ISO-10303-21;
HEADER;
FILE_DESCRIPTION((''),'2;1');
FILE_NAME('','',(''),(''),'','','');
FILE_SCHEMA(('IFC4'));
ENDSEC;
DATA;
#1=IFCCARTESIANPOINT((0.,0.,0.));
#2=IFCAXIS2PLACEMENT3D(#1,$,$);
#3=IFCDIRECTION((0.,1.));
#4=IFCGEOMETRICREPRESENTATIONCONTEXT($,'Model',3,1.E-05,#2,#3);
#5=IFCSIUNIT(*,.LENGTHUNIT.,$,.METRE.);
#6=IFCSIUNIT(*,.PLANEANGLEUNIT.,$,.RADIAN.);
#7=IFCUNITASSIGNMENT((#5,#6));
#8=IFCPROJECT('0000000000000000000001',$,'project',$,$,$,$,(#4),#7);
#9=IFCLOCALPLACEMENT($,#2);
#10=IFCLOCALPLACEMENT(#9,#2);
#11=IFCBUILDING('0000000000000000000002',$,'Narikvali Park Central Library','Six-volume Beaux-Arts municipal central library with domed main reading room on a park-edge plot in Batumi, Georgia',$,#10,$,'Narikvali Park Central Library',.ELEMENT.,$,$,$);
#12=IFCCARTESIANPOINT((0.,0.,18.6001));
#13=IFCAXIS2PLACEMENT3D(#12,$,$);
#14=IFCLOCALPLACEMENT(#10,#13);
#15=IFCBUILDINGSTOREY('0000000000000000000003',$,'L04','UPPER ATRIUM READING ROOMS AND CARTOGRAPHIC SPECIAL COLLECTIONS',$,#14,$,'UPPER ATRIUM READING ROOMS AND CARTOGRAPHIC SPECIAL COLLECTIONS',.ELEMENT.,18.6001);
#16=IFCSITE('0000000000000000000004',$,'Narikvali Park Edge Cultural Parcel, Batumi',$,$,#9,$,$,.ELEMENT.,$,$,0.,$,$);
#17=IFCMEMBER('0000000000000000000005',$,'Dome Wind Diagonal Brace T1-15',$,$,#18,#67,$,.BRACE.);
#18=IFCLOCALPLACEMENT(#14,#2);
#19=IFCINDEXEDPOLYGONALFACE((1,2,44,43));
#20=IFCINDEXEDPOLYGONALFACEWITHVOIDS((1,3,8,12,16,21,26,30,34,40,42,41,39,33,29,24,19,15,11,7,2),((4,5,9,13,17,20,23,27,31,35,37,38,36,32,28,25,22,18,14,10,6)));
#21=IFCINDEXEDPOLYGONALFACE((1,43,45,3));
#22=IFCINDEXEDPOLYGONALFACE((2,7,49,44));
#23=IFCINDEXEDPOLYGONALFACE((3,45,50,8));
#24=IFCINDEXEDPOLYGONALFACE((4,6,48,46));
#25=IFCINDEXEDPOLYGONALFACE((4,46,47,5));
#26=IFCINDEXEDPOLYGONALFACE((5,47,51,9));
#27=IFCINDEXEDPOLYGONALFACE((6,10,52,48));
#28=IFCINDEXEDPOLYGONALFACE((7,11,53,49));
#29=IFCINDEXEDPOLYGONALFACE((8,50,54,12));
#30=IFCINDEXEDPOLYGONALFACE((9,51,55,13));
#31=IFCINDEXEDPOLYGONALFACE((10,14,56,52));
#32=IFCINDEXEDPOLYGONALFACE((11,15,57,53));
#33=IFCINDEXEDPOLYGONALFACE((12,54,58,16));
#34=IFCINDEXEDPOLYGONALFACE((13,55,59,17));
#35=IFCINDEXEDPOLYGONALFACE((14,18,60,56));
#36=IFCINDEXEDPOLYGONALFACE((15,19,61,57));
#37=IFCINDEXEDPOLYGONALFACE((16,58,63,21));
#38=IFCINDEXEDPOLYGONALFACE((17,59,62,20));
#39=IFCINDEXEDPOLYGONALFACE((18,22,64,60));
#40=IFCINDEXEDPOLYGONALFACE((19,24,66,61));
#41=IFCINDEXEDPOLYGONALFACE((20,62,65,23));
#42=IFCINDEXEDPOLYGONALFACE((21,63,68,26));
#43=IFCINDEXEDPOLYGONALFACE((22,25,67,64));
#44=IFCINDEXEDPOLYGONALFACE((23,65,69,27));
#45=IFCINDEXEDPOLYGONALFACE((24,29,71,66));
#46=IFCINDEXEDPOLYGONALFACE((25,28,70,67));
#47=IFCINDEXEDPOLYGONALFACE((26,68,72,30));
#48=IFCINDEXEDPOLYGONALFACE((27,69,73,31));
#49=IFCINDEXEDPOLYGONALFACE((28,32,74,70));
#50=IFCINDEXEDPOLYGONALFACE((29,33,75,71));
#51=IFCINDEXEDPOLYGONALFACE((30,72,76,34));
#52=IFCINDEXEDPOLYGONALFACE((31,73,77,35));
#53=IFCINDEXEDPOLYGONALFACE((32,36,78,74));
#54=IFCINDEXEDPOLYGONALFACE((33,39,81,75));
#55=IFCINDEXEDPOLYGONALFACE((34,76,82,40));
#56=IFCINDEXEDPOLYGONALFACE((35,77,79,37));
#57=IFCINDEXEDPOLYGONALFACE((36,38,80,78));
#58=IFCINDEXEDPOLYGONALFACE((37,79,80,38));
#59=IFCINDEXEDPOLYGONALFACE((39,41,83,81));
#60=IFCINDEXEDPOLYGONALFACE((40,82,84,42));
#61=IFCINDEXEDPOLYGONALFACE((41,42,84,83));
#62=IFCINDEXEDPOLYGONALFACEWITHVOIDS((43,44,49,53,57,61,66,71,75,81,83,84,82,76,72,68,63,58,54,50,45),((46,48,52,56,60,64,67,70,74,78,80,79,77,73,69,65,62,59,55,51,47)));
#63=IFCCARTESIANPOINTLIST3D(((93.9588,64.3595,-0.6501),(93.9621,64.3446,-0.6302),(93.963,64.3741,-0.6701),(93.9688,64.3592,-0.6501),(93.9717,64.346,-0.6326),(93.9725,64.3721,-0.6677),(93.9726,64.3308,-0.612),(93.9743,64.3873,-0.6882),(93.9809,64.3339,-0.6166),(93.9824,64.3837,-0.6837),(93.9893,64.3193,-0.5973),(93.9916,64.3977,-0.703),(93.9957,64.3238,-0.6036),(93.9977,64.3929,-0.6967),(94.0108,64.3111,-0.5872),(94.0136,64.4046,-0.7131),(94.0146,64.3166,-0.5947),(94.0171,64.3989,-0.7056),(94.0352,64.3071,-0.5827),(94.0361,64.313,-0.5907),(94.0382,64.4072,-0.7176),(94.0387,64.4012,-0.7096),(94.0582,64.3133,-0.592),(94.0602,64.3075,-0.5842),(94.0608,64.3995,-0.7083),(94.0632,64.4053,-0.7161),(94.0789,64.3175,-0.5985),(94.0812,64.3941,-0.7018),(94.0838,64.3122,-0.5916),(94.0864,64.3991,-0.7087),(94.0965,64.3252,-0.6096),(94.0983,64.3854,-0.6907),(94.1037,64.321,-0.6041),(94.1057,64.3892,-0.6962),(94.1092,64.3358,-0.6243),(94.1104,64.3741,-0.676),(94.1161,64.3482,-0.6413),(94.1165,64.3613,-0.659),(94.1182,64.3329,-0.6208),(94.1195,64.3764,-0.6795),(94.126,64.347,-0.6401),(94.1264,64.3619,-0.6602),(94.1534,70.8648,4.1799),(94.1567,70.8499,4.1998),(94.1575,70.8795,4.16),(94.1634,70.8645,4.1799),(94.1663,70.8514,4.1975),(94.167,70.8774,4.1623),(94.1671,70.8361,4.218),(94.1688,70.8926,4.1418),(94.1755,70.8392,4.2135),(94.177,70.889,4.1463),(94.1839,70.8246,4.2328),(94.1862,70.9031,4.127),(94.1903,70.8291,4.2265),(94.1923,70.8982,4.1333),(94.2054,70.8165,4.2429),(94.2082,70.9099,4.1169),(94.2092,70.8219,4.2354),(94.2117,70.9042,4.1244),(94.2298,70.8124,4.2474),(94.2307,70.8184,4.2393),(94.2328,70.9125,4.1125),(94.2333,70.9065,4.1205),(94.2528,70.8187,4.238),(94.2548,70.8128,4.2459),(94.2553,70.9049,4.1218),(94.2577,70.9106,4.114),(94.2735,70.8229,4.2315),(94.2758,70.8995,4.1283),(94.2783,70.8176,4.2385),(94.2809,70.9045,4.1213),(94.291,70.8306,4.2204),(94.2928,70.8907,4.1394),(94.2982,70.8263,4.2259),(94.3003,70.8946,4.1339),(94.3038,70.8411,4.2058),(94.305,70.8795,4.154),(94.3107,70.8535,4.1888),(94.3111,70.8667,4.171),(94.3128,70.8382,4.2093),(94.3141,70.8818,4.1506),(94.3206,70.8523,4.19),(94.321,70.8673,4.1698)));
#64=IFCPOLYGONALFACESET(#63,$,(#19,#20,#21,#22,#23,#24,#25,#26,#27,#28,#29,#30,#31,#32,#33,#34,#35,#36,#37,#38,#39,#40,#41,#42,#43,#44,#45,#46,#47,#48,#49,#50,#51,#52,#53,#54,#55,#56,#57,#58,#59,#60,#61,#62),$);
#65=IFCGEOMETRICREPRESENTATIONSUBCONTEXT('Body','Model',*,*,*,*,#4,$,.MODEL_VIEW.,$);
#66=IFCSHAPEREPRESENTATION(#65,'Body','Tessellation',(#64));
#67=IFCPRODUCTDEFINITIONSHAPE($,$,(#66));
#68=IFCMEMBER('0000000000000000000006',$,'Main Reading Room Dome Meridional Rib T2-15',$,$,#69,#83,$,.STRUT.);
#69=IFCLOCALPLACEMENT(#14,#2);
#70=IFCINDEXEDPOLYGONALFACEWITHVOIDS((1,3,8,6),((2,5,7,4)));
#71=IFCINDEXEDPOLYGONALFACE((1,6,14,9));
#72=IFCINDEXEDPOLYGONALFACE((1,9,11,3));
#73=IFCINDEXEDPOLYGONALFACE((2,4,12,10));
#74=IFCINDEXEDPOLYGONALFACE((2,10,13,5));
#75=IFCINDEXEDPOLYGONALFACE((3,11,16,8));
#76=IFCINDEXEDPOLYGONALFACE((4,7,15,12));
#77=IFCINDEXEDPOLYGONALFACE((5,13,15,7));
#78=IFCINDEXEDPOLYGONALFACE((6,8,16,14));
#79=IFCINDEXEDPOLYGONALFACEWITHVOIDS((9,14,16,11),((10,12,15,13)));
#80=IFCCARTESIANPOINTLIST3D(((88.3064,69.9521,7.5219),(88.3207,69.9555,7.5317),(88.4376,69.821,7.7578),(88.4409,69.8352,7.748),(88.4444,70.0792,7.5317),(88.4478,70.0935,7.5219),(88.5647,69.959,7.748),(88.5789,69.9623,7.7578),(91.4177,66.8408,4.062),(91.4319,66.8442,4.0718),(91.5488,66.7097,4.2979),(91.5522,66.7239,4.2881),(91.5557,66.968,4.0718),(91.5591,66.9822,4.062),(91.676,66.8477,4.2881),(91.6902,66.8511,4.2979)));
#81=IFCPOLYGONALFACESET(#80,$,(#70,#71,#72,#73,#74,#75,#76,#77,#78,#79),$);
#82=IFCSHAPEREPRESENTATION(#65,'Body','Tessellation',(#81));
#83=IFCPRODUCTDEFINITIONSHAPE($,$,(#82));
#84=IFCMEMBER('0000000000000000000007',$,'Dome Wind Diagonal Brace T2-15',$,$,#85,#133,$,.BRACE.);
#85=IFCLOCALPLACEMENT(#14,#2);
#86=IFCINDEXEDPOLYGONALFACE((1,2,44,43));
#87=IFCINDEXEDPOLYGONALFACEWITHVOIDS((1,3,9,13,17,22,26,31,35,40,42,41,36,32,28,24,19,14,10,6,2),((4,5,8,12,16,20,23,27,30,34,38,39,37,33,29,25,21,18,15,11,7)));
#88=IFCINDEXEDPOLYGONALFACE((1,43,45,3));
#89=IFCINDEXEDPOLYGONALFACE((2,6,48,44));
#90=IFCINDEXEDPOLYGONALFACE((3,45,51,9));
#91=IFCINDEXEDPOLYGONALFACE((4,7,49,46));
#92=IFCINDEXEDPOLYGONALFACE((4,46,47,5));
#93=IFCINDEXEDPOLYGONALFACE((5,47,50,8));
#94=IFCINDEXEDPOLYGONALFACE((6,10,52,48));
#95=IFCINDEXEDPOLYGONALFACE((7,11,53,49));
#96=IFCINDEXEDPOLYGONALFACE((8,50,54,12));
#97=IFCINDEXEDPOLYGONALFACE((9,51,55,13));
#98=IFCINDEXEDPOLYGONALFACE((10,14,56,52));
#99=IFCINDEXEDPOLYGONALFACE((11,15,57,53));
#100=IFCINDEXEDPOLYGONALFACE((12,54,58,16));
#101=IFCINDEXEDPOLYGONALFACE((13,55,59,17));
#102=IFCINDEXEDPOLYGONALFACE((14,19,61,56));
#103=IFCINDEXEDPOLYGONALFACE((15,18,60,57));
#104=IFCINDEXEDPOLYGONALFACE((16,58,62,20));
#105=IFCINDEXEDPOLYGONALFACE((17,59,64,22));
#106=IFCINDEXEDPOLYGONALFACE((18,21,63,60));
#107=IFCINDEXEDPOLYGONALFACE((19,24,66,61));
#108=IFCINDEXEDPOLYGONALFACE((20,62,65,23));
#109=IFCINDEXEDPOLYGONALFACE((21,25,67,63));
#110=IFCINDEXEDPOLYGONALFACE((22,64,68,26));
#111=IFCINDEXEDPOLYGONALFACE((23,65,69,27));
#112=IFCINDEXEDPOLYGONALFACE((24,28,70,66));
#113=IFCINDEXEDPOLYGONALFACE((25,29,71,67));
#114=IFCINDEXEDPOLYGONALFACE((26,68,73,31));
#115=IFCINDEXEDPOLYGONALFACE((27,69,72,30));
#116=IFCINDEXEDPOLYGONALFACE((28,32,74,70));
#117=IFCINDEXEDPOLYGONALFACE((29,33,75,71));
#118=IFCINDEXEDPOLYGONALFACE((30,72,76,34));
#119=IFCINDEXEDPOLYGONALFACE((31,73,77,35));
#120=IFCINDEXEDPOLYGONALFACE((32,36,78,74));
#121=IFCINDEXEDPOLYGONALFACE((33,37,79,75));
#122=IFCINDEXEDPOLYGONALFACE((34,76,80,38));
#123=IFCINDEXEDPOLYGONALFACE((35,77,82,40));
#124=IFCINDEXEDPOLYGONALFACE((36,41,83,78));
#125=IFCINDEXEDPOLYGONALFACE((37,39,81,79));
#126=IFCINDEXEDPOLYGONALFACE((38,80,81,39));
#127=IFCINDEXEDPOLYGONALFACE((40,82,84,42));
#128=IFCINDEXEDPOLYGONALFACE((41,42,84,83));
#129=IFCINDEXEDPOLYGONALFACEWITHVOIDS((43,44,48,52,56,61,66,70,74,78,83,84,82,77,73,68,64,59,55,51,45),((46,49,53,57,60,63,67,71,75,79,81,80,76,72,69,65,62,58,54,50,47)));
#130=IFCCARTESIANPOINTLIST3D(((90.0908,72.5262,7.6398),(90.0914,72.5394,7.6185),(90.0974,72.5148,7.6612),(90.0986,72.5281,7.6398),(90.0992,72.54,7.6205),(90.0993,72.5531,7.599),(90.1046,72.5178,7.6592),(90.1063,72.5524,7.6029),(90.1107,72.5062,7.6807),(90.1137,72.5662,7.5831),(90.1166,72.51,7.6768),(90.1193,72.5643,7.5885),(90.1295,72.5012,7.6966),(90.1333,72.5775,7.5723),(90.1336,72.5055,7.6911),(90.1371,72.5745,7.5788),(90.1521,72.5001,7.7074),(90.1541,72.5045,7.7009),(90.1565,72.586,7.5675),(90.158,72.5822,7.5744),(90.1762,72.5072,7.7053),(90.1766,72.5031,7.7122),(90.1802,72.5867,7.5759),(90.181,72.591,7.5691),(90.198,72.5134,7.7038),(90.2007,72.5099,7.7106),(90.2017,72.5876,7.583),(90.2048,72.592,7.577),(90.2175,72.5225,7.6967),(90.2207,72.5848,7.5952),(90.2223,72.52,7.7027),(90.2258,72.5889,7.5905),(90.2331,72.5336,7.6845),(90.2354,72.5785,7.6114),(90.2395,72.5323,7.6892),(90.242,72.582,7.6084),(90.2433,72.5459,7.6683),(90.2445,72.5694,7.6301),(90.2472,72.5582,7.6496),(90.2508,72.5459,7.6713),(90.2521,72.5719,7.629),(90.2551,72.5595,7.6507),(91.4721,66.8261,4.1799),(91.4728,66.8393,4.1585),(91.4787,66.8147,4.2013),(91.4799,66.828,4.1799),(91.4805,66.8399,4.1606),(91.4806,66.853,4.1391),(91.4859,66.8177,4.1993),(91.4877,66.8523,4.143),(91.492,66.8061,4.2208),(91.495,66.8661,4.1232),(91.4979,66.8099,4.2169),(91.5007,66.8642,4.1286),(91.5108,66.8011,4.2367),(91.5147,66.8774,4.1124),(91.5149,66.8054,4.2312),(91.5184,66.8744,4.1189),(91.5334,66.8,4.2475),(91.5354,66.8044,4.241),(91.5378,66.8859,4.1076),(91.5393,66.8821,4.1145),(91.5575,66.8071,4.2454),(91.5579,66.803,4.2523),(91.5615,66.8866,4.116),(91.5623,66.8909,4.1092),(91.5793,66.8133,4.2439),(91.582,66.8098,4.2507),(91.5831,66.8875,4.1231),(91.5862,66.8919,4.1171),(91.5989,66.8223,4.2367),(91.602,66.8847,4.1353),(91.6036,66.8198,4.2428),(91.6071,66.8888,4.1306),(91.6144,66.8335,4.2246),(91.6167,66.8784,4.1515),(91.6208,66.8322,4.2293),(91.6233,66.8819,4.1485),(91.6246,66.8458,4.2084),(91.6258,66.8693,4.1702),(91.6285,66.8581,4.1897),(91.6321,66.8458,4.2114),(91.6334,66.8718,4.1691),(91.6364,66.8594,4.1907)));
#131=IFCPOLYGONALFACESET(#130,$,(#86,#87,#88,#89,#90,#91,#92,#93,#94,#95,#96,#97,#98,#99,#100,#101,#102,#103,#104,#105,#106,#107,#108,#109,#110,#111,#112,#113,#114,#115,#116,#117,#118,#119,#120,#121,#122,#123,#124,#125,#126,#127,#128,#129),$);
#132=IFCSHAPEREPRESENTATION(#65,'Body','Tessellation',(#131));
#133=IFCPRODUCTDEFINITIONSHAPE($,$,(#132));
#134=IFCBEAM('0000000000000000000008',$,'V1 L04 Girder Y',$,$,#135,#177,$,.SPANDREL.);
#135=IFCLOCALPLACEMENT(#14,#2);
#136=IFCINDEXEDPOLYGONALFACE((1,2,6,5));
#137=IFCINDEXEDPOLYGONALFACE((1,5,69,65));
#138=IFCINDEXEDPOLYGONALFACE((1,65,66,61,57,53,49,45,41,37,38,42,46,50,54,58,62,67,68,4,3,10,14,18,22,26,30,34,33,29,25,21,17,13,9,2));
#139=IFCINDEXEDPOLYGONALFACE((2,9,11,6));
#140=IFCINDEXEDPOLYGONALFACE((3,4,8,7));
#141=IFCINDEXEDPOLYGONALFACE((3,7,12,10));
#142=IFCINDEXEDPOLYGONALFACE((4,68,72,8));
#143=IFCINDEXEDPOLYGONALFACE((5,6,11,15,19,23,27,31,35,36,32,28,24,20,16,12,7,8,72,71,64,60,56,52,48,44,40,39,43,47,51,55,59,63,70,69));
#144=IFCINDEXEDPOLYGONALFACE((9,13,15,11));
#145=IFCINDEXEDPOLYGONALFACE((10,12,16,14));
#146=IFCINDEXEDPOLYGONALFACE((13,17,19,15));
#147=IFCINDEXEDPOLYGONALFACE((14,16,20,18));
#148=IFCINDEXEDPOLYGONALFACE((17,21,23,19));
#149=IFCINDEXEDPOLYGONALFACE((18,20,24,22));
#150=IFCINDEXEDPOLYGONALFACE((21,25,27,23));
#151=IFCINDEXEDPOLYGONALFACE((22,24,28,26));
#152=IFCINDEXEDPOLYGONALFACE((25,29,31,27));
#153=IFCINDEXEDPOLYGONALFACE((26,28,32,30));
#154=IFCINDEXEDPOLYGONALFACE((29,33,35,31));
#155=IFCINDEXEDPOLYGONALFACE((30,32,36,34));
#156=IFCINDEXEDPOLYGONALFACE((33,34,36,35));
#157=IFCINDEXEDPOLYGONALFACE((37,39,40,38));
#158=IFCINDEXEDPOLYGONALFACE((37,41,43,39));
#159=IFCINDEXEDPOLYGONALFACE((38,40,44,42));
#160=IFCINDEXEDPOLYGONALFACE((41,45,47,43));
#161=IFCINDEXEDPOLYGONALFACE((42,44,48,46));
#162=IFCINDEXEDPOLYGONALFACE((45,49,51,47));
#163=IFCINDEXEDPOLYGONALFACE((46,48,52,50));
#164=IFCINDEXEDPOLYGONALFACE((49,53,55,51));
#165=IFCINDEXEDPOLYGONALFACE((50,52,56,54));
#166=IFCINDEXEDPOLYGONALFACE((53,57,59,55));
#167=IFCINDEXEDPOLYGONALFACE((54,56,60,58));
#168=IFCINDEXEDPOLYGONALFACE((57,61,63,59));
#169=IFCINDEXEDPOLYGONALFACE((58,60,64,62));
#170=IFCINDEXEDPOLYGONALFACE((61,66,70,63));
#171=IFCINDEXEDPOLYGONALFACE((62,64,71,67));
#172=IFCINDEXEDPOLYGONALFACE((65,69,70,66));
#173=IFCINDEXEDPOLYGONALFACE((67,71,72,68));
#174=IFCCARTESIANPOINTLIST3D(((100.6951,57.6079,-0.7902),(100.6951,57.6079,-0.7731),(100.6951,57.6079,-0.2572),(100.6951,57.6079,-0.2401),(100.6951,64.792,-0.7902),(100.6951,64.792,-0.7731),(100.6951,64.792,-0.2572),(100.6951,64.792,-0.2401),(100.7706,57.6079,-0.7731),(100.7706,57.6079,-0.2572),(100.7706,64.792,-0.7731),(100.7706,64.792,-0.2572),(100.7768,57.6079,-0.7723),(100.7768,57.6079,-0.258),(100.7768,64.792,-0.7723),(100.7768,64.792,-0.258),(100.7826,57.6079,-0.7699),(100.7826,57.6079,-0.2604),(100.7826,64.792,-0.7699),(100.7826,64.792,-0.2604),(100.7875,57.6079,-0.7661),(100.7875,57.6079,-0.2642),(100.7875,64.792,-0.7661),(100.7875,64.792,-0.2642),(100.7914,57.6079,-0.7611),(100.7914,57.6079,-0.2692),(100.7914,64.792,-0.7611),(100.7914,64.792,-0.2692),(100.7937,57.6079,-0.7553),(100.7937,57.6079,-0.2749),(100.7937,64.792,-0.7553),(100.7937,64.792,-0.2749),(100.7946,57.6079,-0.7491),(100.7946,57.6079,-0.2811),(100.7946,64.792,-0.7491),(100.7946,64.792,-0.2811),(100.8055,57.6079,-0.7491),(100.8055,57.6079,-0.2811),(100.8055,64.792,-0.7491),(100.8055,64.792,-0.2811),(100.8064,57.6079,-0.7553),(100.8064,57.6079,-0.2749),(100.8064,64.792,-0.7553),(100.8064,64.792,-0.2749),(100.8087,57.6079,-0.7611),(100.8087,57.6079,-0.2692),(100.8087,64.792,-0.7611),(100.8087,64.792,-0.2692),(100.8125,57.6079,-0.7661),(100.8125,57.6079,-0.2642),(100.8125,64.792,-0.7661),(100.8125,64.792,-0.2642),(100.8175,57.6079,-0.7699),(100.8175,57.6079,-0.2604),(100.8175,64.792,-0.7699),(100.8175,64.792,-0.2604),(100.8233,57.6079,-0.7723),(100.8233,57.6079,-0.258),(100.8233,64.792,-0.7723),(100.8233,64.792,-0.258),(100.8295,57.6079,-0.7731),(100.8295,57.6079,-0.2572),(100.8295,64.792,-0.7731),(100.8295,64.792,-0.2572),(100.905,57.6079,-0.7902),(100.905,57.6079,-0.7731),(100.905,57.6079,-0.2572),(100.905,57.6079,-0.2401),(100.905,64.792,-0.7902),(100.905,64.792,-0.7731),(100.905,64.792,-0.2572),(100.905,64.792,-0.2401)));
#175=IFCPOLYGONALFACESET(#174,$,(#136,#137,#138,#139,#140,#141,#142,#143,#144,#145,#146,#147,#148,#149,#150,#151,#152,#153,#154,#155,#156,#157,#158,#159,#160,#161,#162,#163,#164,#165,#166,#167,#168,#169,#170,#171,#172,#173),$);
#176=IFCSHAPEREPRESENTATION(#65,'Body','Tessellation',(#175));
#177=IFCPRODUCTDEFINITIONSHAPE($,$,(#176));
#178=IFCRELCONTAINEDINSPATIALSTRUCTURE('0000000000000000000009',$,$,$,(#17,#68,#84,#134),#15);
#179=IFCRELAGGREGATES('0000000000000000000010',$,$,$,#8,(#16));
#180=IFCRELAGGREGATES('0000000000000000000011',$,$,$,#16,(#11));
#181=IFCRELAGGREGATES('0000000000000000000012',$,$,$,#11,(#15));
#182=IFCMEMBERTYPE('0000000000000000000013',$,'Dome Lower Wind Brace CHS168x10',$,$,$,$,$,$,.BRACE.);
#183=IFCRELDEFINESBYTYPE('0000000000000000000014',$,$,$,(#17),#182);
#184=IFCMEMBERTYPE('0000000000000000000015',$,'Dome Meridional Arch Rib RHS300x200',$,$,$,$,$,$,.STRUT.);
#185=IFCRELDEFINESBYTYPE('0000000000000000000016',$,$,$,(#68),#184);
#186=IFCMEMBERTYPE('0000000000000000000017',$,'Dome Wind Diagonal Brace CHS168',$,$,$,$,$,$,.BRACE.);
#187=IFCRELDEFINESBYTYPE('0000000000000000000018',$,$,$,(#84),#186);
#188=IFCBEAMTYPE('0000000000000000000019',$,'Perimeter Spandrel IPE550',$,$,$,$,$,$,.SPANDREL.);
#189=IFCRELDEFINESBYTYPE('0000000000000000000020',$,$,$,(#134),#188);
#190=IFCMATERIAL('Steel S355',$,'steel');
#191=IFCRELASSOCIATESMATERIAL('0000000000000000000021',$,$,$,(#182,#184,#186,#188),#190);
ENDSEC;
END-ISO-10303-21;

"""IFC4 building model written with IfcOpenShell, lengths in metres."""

from ifc_helpers import new_model, si_unit, direction, frame, origin, origin_2d, place, context, subcontext, project, spatial, hollow_rectangle, hollow_circle, i_section, extrude, material, material_profile, profile_set, type_object, element, save


model = new_model("IFC4")

# Units and contexts
model_context = context("Model", 3, precision=1e-05, world=origin(), true_north=direction((0.0, 1.0)))
body_context = subcontext(model_context, "Body", "Model", "MODEL_VIEW")
ifc_project = project(units=[si_unit("LENGTHUNIT", "METRE"), si_unit("PLANEANGLEUNIT", "RADIAN")], contexts=[model_context])

# Site, building, storey
site_placement = place(None, origin())
site = spatial("IfcSite", under=ifc_project, at=site_placement, Name="Narikvali Park Edge Cultural Parcel, Batumi", CompositionType="ELEMENT", RefElevation=0.0)
building_placement = place(site_placement, origin())
building = spatial("IfcBuilding", under=site, at=building_placement, Name="Narikvali Park Central Library", Description="Six-volume Beaux-Arts municipal central library with domed main reading room on a park-edge plot in Batumi, Georgia", LongName="Narikvali Park Central Library", CompositionType="ELEMENT")
storey_placement = place(building_placement, frame((0.0, 0.0, 18.6001)))
storey = spatial("IfcBuildingStorey", under=building, at=storey_placement, Name="L04", Description="UPPER ATRIUM READING ROOMS AND CARTOGRAPHIC SPECIAL COLLECTIONS", LongName="UPPER ATRIUM READING ROOMS AND CARTOGRAPHIC SPECIAL COLLECTIONS", CompositionType="ELEMENT", Elevation=18.6001)

# Shared definitions
ifc_material_1 = material(Name="Steel S355", Category="steel")

# Members
ifc_material_profile_1 = material_profile(ifc_material_1, hollow_circle(Radius=0.0842, WallThickness=0.01, at=origin_2d()), Name="CHS 168.3x10")
ifc_profile_set_1 = profile_set([ifc_material_profile_1], Name="Steel S355")
member_type_1 = type_object("IfcMemberType", Name="Dome Lower Wind Brace CHS168x10", PredefinedType="BRACE", material=ifc_profile_set_1)
member_1_placement = place(storey_placement, frame((94.043, 64.3569, -0.6501), z_axis=(0.024008, 0.802659, 0.595955), x_axis=(-0.999553, 0.029897, 0.0)))
element("IfcMember", 1, at=member_1_placement, inside=storey, type_object=member_type_1, Name="Dome Wind Diagonal Brace T1-15", PredefinedType="BRACE", context=body_context, shape_type="SweptSolid", body=[
    extrude(hollow_circle(Radius=0.0842, WallThickness=0.01, at=origin_2d()), origin(), (0.0, 0.0, 1.0), 8.1047),
])
ifc_material_profile_2 = material_profile(ifc_material_1, hollow_rectangle(XDim=0.2, YDim=0.3, WallThickness=0.0125, at=origin_2d()), Name="RHS 300x200x12.5")
ifc_profile_set_2 = profile_set([ifc_material_profile_2], Name="Steel S355")
member_type_2 = type_object("IfcMemberType", Name="Dome Meridional Arch Rib RHS300x200", PredefinedType="STRUT", material=ifc_profile_set_2)
member_2_placement = place(storey_placement, frame((91.554, 66.8459, 4.1799), z_axis=(-0.555842, 0.555842, 0.618126), x_axis=(-0.707107, -0.707107, 0.0)))
element("IfcMember", 2, at=member_2_placement, inside=storey, type_object=member_type_2, Name="Main Reading Room Dome Meridional Rib T2-15", PredefinedType="STRUT", context=body_context, shape_type="SweptSolid", body=[
    extrude(hollow_rectangle(XDim=0.2, YDim=0.3, WallThickness=0.0125, at=origin_2d()), origin(), (0.0, 0.0, 1.0), 5.5974),
])
ifc_material_profile_3 = material_profile(ifc_material_1, hollow_circle(Radius=0.0842, WallThickness=0.0081, at=origin_2d()), Name="CHS 168.3x8")
ifc_profile_set_3 = profile_set([ifc_material_profile_3], Name="Steel S355")
member_type_3 = type_object("IfcMemberType", Name="Dome Wind Diagonal Brace CHS168", PredefinedType="BRACE", material=ifc_profile_set_3)
member_3_placement = place(storey_placement, frame((91.554, 66.8459, 4.1799), z_axis=(-0.202851, 0.837073, 0.508095), x_axis=(-0.97187, -0.235517, 0.0)))
element("IfcMember", 3, at=member_3_placement, inside=storey, type_object=member_type_3, Name="Dome Wind Diagonal Brace T2-15", PredefinedType="BRACE", context=body_context, shape_type="SweptSolid", body=[
    extrude(hollow_circle(Radius=0.0842, WallThickness=0.0081, at=origin_2d()), origin(), (0.0, 0.0, 1.0), 6.8096),
])

# Beam
ifc_material_profile_4 = material_profile(ifc_material_1, i_section(OverallWidth=0.21, OverallDepth=0.55, WebThickness=0.011, FlangeThickness=0.0171, FilletRadius=0.0239, at=origin_2d()), Name="IPE 550")
ifc_profile_set_4 = profile_set([ifc_material_profile_4], Name="Steel S355")
beam_type_1 = type_object("IfcBeamType", Name="Perimeter Spandrel IPE550", PredefinedType="SPANDREL", material=ifc_profile_set_4)
beam_1_placement = place(storey_placement, frame((100.8, 57.6079, -0.5151), z_axis=(0.0, 1.0, 0.0), x_axis=(-1.0, 0.0, 0.0)))
element("IfcBeam", 4, at=beam_1_placement, inside=storey, type_object=beam_type_1, Name="V1 L04 Girder Y", PredefinedType="SPANDREL", context=body_context, shape_type="SweptSolid", body=[
    extrude(i_section(OverallWidth=0.21, OverallDepth=0.55, WebThickness=0.011, FlangeThickness=0.0171, FilletRadius=0.0239, at=origin_2d()), origin(), (0.0, 0.0, 1.0), 7.1841),
])

save(model, "model.ifc")
